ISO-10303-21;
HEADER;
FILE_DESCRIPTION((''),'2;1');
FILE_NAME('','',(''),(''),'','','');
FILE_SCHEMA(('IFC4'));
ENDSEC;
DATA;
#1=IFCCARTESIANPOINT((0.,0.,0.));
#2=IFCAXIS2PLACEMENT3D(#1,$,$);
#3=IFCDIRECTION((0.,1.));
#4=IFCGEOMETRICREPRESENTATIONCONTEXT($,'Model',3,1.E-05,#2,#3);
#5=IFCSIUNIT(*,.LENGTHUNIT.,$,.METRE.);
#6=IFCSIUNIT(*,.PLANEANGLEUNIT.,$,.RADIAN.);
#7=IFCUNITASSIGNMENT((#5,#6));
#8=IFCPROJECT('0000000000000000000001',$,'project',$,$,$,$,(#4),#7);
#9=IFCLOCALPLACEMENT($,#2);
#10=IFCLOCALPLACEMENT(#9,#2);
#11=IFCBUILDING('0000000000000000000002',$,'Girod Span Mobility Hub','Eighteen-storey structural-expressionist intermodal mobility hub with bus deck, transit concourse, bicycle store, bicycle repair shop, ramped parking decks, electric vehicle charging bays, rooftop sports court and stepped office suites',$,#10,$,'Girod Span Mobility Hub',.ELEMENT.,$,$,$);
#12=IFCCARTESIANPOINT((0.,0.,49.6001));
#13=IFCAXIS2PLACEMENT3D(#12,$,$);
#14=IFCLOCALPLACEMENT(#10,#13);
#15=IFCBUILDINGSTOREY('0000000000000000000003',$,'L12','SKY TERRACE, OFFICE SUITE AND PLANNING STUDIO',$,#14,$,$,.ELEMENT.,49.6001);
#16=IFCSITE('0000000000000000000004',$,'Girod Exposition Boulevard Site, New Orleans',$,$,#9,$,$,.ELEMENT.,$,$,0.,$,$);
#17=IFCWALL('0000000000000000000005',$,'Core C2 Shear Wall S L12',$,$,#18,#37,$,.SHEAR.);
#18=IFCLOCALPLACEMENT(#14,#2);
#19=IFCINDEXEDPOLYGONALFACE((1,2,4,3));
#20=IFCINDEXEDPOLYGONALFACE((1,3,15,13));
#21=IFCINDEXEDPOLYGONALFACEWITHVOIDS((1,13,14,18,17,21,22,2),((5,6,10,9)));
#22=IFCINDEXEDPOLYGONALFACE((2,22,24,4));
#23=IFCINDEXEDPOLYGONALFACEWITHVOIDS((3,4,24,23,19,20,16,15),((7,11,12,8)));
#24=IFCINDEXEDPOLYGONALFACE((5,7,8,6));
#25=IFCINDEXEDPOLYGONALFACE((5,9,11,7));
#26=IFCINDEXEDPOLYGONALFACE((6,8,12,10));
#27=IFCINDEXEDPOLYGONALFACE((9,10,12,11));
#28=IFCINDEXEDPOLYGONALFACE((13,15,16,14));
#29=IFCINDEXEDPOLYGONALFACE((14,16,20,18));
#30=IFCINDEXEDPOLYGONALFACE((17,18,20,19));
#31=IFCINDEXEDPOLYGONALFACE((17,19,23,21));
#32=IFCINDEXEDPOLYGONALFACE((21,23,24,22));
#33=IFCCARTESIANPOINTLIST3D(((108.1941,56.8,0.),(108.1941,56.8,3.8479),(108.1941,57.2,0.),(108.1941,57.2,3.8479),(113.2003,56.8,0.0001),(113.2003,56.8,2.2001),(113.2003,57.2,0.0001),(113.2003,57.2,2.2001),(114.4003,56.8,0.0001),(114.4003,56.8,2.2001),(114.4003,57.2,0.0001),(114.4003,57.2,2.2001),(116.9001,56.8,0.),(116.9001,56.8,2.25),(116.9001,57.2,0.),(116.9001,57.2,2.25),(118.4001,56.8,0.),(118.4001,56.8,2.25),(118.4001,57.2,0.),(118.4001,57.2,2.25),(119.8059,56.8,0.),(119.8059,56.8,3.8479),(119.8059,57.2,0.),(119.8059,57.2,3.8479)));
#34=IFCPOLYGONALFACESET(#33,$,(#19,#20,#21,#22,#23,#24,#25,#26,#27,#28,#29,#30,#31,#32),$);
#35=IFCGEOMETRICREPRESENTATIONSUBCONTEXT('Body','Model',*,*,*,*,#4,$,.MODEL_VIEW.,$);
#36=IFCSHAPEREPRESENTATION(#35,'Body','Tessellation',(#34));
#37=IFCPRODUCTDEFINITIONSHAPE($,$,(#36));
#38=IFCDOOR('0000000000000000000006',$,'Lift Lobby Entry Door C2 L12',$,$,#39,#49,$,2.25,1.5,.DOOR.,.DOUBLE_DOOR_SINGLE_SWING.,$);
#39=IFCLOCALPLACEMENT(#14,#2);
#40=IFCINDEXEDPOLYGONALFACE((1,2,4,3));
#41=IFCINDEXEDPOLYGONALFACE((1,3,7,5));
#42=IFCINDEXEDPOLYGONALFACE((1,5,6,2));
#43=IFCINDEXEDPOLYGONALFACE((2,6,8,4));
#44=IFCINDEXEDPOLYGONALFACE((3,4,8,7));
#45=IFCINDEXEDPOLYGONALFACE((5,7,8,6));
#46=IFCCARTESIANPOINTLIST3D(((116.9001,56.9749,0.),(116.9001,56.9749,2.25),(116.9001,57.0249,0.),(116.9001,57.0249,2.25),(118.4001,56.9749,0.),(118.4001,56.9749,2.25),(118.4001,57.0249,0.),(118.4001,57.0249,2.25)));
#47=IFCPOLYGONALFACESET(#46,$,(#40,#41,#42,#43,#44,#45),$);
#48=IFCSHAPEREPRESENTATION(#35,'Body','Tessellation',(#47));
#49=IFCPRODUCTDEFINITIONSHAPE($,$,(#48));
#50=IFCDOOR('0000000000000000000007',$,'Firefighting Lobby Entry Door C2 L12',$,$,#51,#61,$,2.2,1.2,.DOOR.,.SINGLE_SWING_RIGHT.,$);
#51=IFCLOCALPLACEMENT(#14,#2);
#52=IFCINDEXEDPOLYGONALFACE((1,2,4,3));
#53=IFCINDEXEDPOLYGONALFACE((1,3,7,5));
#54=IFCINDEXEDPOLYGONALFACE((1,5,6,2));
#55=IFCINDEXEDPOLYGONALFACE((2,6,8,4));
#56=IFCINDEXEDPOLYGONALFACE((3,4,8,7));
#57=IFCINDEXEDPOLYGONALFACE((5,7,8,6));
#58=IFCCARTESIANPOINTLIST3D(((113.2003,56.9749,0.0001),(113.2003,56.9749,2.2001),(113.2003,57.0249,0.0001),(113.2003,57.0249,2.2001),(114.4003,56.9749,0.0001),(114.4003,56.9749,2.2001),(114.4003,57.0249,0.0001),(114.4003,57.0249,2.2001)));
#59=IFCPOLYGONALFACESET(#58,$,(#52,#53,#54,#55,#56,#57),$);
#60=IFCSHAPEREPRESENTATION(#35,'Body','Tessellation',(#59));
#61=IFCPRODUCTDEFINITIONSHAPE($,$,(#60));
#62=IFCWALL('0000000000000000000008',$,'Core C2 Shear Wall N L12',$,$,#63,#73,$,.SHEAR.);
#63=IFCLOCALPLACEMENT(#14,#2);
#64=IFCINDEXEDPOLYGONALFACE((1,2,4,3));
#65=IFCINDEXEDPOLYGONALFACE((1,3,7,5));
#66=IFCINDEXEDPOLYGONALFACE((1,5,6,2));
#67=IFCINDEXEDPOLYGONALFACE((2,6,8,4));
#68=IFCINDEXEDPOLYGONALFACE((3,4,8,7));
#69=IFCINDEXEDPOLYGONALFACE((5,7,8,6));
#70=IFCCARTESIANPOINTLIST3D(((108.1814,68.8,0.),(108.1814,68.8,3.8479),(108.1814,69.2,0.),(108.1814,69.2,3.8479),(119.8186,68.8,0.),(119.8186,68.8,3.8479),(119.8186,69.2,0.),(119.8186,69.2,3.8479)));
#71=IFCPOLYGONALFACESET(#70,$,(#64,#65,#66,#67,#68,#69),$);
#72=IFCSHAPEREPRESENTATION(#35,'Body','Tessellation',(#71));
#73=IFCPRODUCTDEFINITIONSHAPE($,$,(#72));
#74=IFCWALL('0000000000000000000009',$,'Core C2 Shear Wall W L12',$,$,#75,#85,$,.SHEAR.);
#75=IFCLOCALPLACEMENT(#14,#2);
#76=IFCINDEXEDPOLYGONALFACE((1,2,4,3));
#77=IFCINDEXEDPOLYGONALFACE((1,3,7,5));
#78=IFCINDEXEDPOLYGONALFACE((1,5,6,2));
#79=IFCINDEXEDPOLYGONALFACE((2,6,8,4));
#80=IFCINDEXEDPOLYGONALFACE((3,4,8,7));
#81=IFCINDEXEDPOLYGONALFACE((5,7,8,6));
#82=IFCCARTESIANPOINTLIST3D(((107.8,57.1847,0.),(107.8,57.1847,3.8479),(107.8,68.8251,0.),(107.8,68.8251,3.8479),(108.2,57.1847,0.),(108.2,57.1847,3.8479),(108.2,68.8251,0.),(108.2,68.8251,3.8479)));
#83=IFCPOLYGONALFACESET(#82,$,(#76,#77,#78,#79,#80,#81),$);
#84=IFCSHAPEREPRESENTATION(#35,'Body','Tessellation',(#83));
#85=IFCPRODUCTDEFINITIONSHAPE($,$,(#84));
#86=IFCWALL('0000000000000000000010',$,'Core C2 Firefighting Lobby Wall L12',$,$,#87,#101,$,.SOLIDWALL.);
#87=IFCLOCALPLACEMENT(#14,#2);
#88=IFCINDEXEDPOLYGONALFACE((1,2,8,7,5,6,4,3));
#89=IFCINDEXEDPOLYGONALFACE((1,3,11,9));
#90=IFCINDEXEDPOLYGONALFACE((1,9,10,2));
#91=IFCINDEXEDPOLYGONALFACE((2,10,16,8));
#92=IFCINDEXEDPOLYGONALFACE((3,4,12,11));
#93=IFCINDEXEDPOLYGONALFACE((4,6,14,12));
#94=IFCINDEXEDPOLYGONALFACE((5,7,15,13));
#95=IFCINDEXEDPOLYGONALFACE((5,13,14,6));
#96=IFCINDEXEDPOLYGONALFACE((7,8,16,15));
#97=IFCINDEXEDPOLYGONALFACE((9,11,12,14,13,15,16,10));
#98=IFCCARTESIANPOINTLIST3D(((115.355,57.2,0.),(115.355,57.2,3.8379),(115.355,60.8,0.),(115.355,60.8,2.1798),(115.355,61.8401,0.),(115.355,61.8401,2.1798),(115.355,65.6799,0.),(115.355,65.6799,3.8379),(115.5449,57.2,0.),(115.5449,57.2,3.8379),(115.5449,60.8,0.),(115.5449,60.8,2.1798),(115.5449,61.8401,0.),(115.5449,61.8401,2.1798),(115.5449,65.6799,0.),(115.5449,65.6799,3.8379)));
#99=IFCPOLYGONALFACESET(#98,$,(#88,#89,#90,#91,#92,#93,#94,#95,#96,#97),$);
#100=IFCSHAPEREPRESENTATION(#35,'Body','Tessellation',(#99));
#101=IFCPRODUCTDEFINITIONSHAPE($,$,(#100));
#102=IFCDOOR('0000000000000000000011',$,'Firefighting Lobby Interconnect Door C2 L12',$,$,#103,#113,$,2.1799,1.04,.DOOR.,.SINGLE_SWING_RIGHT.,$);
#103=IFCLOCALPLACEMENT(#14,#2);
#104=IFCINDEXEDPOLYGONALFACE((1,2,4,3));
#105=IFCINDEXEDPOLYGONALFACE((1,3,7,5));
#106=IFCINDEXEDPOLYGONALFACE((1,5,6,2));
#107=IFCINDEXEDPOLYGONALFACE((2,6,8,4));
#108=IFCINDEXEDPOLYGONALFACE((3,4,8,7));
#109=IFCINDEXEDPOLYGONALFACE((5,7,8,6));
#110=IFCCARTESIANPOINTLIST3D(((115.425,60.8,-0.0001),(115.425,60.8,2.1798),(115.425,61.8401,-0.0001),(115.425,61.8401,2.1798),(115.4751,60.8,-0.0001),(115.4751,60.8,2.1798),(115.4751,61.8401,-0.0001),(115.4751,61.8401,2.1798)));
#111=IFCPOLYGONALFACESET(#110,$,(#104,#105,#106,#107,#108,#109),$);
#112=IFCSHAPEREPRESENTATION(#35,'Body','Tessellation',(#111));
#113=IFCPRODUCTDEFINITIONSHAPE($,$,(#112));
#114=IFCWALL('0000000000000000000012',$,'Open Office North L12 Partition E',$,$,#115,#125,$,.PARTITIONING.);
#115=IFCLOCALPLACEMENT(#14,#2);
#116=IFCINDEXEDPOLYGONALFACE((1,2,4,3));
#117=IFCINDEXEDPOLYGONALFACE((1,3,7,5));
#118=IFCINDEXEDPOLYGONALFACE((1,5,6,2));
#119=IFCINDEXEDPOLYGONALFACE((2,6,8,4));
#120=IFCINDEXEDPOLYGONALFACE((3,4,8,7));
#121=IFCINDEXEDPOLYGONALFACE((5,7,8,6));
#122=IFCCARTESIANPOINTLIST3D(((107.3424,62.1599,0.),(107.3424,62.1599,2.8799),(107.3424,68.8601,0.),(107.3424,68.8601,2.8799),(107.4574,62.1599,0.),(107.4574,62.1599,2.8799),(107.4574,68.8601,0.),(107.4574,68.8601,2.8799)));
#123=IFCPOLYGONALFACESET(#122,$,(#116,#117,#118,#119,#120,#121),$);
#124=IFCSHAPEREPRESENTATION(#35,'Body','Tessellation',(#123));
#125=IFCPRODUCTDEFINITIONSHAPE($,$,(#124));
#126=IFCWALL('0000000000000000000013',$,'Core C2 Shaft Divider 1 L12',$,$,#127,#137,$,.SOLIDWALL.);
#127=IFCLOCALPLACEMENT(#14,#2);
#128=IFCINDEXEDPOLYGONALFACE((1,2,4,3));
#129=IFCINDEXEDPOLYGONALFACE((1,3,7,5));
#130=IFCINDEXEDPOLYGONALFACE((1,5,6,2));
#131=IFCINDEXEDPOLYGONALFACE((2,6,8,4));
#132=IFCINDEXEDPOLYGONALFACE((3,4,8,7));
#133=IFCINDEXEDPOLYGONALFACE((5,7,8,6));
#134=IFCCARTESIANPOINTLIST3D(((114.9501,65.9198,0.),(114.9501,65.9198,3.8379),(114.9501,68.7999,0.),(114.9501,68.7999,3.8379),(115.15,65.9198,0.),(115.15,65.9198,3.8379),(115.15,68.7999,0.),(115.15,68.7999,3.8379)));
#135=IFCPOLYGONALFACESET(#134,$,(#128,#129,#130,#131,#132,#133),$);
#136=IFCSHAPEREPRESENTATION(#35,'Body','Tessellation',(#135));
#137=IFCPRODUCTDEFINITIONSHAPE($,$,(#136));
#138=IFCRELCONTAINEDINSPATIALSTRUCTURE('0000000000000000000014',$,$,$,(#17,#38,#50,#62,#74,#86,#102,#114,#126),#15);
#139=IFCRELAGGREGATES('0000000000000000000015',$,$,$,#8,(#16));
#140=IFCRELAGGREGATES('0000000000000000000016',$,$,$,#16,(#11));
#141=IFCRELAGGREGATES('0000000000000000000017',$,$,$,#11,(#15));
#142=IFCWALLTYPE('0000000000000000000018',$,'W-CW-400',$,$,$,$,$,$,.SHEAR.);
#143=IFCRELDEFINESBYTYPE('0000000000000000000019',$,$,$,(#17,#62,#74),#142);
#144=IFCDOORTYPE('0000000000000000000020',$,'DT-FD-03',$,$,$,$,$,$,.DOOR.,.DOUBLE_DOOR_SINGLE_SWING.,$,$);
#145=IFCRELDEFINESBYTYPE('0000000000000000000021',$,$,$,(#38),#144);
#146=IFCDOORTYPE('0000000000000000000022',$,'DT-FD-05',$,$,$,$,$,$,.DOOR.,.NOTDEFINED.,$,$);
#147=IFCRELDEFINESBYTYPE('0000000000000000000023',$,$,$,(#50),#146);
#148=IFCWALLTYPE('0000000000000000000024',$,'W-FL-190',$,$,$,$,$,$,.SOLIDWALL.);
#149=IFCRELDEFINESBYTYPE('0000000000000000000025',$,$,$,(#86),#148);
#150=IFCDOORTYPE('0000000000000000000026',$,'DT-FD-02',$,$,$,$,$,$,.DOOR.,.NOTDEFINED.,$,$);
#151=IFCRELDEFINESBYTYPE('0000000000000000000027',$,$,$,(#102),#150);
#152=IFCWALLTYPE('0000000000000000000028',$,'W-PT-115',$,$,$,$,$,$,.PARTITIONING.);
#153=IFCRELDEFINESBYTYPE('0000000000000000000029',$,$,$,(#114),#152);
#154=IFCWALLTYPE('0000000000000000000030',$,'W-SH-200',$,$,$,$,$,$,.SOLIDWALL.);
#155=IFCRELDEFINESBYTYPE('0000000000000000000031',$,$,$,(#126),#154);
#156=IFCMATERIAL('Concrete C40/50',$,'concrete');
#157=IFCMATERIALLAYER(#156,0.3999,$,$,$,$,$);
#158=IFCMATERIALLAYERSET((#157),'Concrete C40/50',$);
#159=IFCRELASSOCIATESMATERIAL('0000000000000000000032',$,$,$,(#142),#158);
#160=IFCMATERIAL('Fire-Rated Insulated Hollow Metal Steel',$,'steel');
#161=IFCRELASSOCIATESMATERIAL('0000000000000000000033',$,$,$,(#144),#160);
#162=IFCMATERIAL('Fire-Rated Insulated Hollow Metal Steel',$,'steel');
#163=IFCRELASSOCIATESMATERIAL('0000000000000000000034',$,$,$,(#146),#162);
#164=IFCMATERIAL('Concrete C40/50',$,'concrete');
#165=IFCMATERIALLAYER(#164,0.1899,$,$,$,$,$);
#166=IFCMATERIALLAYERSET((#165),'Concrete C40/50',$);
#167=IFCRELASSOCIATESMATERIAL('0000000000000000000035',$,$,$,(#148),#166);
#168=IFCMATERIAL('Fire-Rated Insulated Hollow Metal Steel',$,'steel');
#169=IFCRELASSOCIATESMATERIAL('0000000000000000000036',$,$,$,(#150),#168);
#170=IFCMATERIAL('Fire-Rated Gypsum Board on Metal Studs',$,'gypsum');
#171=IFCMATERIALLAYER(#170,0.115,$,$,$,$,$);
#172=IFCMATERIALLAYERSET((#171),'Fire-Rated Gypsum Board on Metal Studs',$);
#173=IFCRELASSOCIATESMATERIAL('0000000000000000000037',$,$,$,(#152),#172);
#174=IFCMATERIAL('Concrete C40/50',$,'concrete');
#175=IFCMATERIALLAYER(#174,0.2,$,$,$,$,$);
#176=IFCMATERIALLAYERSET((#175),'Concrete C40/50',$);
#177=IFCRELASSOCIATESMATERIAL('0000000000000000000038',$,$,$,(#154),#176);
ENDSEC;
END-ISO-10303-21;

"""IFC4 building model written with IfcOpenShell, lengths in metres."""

from ifc_helpers import new_model, si_unit, direction, frame, frame_2d, origin, place, context, subcontext, project, spatial, rectangle, extrude, material, layer, layer_set, type_object, element, fill, save


model = new_model("IFC4")

# Units and contexts
model_context = context("Model", 3, precision=1e-05, world=origin(), true_north=direction((0.0, 1.0)))
body_context = subcontext(model_context, "Body", "Model", "MODEL_VIEW")
ifc_project = project(units=[si_unit("LENGTHUNIT", "METRE"), si_unit("PLANEANGLEUNIT", "RADIAN")], contexts=[model_context])

# Site, building, storey
site_placement = place(None, origin())
site = spatial("IfcSite", under=ifc_project, at=site_placement, Name="Girod Exposition Boulevard Site, New Orleans", CompositionType="ELEMENT", RefElevation=0.0)
building_placement = place(site_placement, origin())
building = spatial("IfcBuilding", under=site, at=building_placement, Name="Girod Span Mobility Hub", Description="Eighteen-storey structural-expressionist intermodal mobility hub with bus deck, transit concourse, bicycle store, bicycle repair shop, ramped parking decks, electric vehicle charging bays, rooftop sports court and stepped office suites", LongName="Girod Span Mobility Hub", CompositionType="ELEMENT")
storey_placement = place(building_placement, frame((0.0, 0.0, 49.6001)))
storey = spatial("IfcBuildingStorey", under=building, at=storey_placement, Name="L12", Description="SKY TERRACE, OFFICE SUITE AND PLANNING STUDIO", CompositionType="ELEMENT", Elevation=49.6001)

# Wall, openings, doors
ifc_material_1 = material(Name="Concrete C40/50", Category="concrete")
ifc_layer_1 = layer(ifc_material_1, 0.3999)
ifc_layer_set_1 = layer_set([ifc_layer_1], Name="Concrete C40/50")
wall_type_1 = type_object("IfcWallType", Name="W-CW-400", PredefinedType="SHEAR", material=ifc_layer_set_1)
wall_1_placement = place(storey_placement, frame((108.1941, 57.0, 0.0), z_axis=(0.0, 0.0, 1.0), x_axis=(1.0, 0.0, 0.0)))
wall_1 = element("IfcWall", 1, at=wall_1_placement, inside=storey, type_object=wall_type_1, Name="Core C2 Shear Wall S L12", PredefinedType="SHEAR", context=body_context, shape_type="SweptSolid", body=[
    extrude(rectangle(XDim=11.6118, YDim=0.3999, at=frame_2d((5.8059, 0.0))), origin(), (0.0, 0.0, 1.0), 3.8479),
])
opening_1_placement = place(wall_1_placement, frame((5.0061, 0.0, 0.0)))
opening_1 = element("IfcOpeningElement", 2, at=opening_1_placement, cuts=wall_1, PredefinedType="OPENING", context=body_context, shape_type="SweptSolid", body=[
    extrude(rectangle(XDim=1.2, YDim=2.2, at=frame_2d((0.6001, 1.1001))), frame((0.0, 0.2148, 0.0), z_axis=(0.0, -1.0, 0.0), x_axis=(1.0, 0.0, 0.0)), (0.0, 0.0, 1.0), 0.4299),
])
opening_2_placement = place(wall_1_placement, frame((8.7061, 0.0, 0.0)))
opening_2 = element("IfcOpeningElement", 3, at=opening_2_placement, cuts=wall_1, PredefinedType="OPENING", context=body_context, shape_type="SweptSolid", body=[
    extrude(rectangle(XDim=1.5, YDim=2.25, at=frame_2d((0.75, 1.125))), frame((0.0, 0.2148, 0.0), z_axis=(0.0, -1.0, 0.0), x_axis=(1.0, 0.0, 0.0)), (0.0, 0.0, 1.0), 0.4299),
])
ifc_material_2 = material(Name="Fire-Rated Insulated Hollow Metal Steel", Category="steel")
door_type_1 = type_object("IfcDoorType", Name="DT-FD-03", OperationType="DOUBLE_DOOR_SINGLE_SWING", PredefinedType="DOOR", material=ifc_material_2)
door_1_placement = place(opening_2_placement, origin())
door_1 = element("IfcDoor", 4, at=door_1_placement, inside=storey, type_object=door_type_1, Name="Lift Lobby Entry Door C2 L12", OperationType="DOUBLE_DOOR_SINGLE_SWING", OverallHeight=2.25, OverallWidth=1.5, PredefinedType="DOOR", context=body_context, shape_type="SweptSolid", body=[
    extrude(rectangle(XDim=1.5, YDim=2.25, at=frame_2d((0.75, 1.125))), frame((0.0, 0.0249, 0.0), z_axis=(0.0, -1.0, 0.0), x_axis=(1.0, 0.0, 0.0)), (0.0, 0.0, 1.0), 0.05),
])
fill(opening_2, door_1)
ifc_material_3 = material(Name="Fire-Rated Insulated Hollow Metal Steel", Category="steel")
door_type_2 = type_object("IfcDoorType", Name="DT-FD-05", OperationType="NOTDEFINED", PredefinedType="DOOR", material=ifc_material_3)
door_2_placement = place(opening_1_placement, origin())
door_2 = element("IfcDoor", 5, at=door_2_placement, inside=storey, type_object=door_type_2, Name="Firefighting Lobby Entry Door C2 L12", OperationType="SINGLE_SWING_RIGHT", OverallHeight=2.2, OverallWidth=1.2, PredefinedType="DOOR", context=body_context, shape_type="SweptSolid", body=[
    extrude(rectangle(XDim=1.2, YDim=2.2, at=frame_2d((0.6001, 1.1001))), frame((0.0, 0.0249, 0.0), z_axis=(0.0, -1.0, 0.0), x_axis=(1.0, 0.0, 0.0)), (0.0, 0.0, 1.0), 0.05),
])
fill(opening_1, door_2)

# Walls
wall_2_placement = place(storey_placement, frame((108.1814, 69.0, 0.0), z_axis=(0.0, 0.0, 1.0), x_axis=(1.0, 0.0, 0.0)))
element("IfcWall", 6, at=wall_2_placement, inside=storey, type_object=wall_type_1, Name="Core C2 Shear Wall N L12", PredefinedType="SHEAR", context=body_context, shape_type="SweptSolid", body=[
    extrude(rectangle(XDim=11.6372, YDim=0.3999, at=frame_2d((5.8186, 0.0))), origin(), (0.0, 0.0, 1.0), 3.8479),
])
wall_3_placement = place(storey_placement, frame((108.0, 57.1846, 0.0), z_axis=(0.0, 0.0, 1.0), x_axis=(0.0, 1.0, 0.0)))
element("IfcWall", 7, at=wall_3_placement, inside=storey, type_object=wall_type_1, Name="Core C2 Shear Wall W L12", PredefinedType="SHEAR", context=body_context, shape_type="SweptSolid", body=[
    extrude(rectangle(XDim=11.6404, YDim=0.3999, at=frame_2d((5.8203, 0.0))), origin(), (0.0, 0.0, 1.0), 3.8479),
])

# Wall, opening, door
ifc_material_4 = material(Name="Concrete C40/50", Category="concrete")
ifc_layer_2 = layer(ifc_material_4, 0.1899)
ifc_layer_set_2 = layer_set([ifc_layer_2], Name="Concrete C40/50")
wall_type_2 = type_object("IfcWallType", Name="W-FL-190", PredefinedType="SOLIDWALL", material=ifc_layer_set_2)
wall_4_placement = place(storey_placement, frame((115.45, 57.2, 0.0), z_axis=(0.0, 0.0, 1.0), x_axis=(0.0, 1.0, 0.0)))
wall_4 = element("IfcWall", 8, at=wall_4_placement, inside=storey, type_object=wall_type_2, Name="Core C2 Firefighting Lobby Wall L12", PredefinedType="SOLIDWALL", context=body_context, shape_type="SweptSolid", body=[
    extrude(rectangle(XDim=8.48, YDim=0.1899, at=frame_2d((4.24, 0.0))), origin(), (0.0, 0.0, 1.0), 3.8379),
])
opening_3_placement = place(wall_4_placement, frame((3.6001, 0.0, 0.0)))
opening_3 = element("IfcOpeningElement", 9, at=opening_3_placement, cuts=wall_4, PredefinedType="OPENING", context=body_context, shape_type="SweptSolid", body=[
    extrude(rectangle(XDim=1.04, YDim=2.1799, at=frame_2d((0.52, 1.0898))), frame((0.0, 0.1099, 0.0), z_axis=(0.0, -1.0, 0.0), x_axis=(1.0, 0.0, 0.0)), (0.0, 0.0, 1.0), 0.22),
])
ifc_material_5 = material(Name="Fire-Rated Insulated Hollow Metal Steel", Category="steel")
door_type_3 = type_object("IfcDoorType", Name="DT-FD-02", OperationType="NOTDEFINED", PredefinedType="DOOR", material=ifc_material_5)
door_3_placement = place(opening_3_placement, origin())
door_3 = element("IfcDoor", 10, at=door_3_placement, inside=storey, type_object=door_type_3, Name="Firefighting Lobby Interconnect Door C2 L12", OperationType="SINGLE_SWING_RIGHT", OverallHeight=2.1799, OverallWidth=1.04, PredefinedType="DOOR", context=body_context, shape_type="SweptSolid", body=[
    extrude(rectangle(XDim=1.04, YDim=2.1799, at=frame_2d((0.52, 1.0898))), frame((0.0, 0.0249, 0.0), z_axis=(0.0, -1.0, 0.0), x_axis=(1.0, 0.0, 0.0)), (0.0, 0.0, 1.0), 0.05),
])
fill(opening_3, door_3)

# Walls
ifc_material_6 = material(Name="Fire-Rated Gypsum Board on Metal Studs", Category="gypsum")
ifc_layer_3 = layer(ifc_material_6, 0.115)
ifc_layer_set_3 = layer_set([ifc_layer_3], Name="Fire-Rated Gypsum Board on Metal Studs")
wall_type_3 = type_object("IfcWallType", Name="W-PT-115", PredefinedType="PARTITIONING", material=ifc_layer_set_3)
wall_5_placement = place(storey_placement, frame((107.3999, 62.1599, 0.0), z_axis=(0.0, 0.0, 1.0), x_axis=(0.0, 1.0, 0.0)))
element("IfcWall", 11, at=wall_5_placement, inside=storey, type_object=wall_type_3, Name="Open Office North L12 Partition E", PredefinedType="PARTITIONING", context=body_context, shape_type="SweptSolid", body=[
    extrude(rectangle(XDim=6.7002, YDim=0.115, at=frame_2d((3.3501, 0.0))), origin(), (0.0, 0.0, 1.0), 2.8799),
])
ifc_material_7 = material(Name="Concrete C40/50", Category="concrete")
ifc_layer_4 = layer(ifc_material_7, 0.2)
ifc_layer_set_4 = layer_set([ifc_layer_4], Name="Concrete C40/50")
wall_type_4 = type_object("IfcWallType", Name="W-SH-200", PredefinedType="SOLIDWALL", material=ifc_layer_set_4)
wall_6_placement = place(storey_placement, frame((115.05, 65.9199, 0.0), z_axis=(0.0, 0.0, 1.0), x_axis=(0.0, 1.0, 0.0)))
element("IfcWall", 12, at=wall_6_placement, inside=storey, type_object=wall_type_4, Name="Core C2 Shaft Divider 1 L12", PredefinedType="SOLIDWALL", context=body_context, shape_type="SweptSolid", body=[
    extrude(rectangle(XDim=2.8801, YDim=0.2, at=frame_2d((1.4399, 0.0))), origin(), (0.0, 0.0, 1.0), 3.8379),
])

save(model, "model.ifc")
